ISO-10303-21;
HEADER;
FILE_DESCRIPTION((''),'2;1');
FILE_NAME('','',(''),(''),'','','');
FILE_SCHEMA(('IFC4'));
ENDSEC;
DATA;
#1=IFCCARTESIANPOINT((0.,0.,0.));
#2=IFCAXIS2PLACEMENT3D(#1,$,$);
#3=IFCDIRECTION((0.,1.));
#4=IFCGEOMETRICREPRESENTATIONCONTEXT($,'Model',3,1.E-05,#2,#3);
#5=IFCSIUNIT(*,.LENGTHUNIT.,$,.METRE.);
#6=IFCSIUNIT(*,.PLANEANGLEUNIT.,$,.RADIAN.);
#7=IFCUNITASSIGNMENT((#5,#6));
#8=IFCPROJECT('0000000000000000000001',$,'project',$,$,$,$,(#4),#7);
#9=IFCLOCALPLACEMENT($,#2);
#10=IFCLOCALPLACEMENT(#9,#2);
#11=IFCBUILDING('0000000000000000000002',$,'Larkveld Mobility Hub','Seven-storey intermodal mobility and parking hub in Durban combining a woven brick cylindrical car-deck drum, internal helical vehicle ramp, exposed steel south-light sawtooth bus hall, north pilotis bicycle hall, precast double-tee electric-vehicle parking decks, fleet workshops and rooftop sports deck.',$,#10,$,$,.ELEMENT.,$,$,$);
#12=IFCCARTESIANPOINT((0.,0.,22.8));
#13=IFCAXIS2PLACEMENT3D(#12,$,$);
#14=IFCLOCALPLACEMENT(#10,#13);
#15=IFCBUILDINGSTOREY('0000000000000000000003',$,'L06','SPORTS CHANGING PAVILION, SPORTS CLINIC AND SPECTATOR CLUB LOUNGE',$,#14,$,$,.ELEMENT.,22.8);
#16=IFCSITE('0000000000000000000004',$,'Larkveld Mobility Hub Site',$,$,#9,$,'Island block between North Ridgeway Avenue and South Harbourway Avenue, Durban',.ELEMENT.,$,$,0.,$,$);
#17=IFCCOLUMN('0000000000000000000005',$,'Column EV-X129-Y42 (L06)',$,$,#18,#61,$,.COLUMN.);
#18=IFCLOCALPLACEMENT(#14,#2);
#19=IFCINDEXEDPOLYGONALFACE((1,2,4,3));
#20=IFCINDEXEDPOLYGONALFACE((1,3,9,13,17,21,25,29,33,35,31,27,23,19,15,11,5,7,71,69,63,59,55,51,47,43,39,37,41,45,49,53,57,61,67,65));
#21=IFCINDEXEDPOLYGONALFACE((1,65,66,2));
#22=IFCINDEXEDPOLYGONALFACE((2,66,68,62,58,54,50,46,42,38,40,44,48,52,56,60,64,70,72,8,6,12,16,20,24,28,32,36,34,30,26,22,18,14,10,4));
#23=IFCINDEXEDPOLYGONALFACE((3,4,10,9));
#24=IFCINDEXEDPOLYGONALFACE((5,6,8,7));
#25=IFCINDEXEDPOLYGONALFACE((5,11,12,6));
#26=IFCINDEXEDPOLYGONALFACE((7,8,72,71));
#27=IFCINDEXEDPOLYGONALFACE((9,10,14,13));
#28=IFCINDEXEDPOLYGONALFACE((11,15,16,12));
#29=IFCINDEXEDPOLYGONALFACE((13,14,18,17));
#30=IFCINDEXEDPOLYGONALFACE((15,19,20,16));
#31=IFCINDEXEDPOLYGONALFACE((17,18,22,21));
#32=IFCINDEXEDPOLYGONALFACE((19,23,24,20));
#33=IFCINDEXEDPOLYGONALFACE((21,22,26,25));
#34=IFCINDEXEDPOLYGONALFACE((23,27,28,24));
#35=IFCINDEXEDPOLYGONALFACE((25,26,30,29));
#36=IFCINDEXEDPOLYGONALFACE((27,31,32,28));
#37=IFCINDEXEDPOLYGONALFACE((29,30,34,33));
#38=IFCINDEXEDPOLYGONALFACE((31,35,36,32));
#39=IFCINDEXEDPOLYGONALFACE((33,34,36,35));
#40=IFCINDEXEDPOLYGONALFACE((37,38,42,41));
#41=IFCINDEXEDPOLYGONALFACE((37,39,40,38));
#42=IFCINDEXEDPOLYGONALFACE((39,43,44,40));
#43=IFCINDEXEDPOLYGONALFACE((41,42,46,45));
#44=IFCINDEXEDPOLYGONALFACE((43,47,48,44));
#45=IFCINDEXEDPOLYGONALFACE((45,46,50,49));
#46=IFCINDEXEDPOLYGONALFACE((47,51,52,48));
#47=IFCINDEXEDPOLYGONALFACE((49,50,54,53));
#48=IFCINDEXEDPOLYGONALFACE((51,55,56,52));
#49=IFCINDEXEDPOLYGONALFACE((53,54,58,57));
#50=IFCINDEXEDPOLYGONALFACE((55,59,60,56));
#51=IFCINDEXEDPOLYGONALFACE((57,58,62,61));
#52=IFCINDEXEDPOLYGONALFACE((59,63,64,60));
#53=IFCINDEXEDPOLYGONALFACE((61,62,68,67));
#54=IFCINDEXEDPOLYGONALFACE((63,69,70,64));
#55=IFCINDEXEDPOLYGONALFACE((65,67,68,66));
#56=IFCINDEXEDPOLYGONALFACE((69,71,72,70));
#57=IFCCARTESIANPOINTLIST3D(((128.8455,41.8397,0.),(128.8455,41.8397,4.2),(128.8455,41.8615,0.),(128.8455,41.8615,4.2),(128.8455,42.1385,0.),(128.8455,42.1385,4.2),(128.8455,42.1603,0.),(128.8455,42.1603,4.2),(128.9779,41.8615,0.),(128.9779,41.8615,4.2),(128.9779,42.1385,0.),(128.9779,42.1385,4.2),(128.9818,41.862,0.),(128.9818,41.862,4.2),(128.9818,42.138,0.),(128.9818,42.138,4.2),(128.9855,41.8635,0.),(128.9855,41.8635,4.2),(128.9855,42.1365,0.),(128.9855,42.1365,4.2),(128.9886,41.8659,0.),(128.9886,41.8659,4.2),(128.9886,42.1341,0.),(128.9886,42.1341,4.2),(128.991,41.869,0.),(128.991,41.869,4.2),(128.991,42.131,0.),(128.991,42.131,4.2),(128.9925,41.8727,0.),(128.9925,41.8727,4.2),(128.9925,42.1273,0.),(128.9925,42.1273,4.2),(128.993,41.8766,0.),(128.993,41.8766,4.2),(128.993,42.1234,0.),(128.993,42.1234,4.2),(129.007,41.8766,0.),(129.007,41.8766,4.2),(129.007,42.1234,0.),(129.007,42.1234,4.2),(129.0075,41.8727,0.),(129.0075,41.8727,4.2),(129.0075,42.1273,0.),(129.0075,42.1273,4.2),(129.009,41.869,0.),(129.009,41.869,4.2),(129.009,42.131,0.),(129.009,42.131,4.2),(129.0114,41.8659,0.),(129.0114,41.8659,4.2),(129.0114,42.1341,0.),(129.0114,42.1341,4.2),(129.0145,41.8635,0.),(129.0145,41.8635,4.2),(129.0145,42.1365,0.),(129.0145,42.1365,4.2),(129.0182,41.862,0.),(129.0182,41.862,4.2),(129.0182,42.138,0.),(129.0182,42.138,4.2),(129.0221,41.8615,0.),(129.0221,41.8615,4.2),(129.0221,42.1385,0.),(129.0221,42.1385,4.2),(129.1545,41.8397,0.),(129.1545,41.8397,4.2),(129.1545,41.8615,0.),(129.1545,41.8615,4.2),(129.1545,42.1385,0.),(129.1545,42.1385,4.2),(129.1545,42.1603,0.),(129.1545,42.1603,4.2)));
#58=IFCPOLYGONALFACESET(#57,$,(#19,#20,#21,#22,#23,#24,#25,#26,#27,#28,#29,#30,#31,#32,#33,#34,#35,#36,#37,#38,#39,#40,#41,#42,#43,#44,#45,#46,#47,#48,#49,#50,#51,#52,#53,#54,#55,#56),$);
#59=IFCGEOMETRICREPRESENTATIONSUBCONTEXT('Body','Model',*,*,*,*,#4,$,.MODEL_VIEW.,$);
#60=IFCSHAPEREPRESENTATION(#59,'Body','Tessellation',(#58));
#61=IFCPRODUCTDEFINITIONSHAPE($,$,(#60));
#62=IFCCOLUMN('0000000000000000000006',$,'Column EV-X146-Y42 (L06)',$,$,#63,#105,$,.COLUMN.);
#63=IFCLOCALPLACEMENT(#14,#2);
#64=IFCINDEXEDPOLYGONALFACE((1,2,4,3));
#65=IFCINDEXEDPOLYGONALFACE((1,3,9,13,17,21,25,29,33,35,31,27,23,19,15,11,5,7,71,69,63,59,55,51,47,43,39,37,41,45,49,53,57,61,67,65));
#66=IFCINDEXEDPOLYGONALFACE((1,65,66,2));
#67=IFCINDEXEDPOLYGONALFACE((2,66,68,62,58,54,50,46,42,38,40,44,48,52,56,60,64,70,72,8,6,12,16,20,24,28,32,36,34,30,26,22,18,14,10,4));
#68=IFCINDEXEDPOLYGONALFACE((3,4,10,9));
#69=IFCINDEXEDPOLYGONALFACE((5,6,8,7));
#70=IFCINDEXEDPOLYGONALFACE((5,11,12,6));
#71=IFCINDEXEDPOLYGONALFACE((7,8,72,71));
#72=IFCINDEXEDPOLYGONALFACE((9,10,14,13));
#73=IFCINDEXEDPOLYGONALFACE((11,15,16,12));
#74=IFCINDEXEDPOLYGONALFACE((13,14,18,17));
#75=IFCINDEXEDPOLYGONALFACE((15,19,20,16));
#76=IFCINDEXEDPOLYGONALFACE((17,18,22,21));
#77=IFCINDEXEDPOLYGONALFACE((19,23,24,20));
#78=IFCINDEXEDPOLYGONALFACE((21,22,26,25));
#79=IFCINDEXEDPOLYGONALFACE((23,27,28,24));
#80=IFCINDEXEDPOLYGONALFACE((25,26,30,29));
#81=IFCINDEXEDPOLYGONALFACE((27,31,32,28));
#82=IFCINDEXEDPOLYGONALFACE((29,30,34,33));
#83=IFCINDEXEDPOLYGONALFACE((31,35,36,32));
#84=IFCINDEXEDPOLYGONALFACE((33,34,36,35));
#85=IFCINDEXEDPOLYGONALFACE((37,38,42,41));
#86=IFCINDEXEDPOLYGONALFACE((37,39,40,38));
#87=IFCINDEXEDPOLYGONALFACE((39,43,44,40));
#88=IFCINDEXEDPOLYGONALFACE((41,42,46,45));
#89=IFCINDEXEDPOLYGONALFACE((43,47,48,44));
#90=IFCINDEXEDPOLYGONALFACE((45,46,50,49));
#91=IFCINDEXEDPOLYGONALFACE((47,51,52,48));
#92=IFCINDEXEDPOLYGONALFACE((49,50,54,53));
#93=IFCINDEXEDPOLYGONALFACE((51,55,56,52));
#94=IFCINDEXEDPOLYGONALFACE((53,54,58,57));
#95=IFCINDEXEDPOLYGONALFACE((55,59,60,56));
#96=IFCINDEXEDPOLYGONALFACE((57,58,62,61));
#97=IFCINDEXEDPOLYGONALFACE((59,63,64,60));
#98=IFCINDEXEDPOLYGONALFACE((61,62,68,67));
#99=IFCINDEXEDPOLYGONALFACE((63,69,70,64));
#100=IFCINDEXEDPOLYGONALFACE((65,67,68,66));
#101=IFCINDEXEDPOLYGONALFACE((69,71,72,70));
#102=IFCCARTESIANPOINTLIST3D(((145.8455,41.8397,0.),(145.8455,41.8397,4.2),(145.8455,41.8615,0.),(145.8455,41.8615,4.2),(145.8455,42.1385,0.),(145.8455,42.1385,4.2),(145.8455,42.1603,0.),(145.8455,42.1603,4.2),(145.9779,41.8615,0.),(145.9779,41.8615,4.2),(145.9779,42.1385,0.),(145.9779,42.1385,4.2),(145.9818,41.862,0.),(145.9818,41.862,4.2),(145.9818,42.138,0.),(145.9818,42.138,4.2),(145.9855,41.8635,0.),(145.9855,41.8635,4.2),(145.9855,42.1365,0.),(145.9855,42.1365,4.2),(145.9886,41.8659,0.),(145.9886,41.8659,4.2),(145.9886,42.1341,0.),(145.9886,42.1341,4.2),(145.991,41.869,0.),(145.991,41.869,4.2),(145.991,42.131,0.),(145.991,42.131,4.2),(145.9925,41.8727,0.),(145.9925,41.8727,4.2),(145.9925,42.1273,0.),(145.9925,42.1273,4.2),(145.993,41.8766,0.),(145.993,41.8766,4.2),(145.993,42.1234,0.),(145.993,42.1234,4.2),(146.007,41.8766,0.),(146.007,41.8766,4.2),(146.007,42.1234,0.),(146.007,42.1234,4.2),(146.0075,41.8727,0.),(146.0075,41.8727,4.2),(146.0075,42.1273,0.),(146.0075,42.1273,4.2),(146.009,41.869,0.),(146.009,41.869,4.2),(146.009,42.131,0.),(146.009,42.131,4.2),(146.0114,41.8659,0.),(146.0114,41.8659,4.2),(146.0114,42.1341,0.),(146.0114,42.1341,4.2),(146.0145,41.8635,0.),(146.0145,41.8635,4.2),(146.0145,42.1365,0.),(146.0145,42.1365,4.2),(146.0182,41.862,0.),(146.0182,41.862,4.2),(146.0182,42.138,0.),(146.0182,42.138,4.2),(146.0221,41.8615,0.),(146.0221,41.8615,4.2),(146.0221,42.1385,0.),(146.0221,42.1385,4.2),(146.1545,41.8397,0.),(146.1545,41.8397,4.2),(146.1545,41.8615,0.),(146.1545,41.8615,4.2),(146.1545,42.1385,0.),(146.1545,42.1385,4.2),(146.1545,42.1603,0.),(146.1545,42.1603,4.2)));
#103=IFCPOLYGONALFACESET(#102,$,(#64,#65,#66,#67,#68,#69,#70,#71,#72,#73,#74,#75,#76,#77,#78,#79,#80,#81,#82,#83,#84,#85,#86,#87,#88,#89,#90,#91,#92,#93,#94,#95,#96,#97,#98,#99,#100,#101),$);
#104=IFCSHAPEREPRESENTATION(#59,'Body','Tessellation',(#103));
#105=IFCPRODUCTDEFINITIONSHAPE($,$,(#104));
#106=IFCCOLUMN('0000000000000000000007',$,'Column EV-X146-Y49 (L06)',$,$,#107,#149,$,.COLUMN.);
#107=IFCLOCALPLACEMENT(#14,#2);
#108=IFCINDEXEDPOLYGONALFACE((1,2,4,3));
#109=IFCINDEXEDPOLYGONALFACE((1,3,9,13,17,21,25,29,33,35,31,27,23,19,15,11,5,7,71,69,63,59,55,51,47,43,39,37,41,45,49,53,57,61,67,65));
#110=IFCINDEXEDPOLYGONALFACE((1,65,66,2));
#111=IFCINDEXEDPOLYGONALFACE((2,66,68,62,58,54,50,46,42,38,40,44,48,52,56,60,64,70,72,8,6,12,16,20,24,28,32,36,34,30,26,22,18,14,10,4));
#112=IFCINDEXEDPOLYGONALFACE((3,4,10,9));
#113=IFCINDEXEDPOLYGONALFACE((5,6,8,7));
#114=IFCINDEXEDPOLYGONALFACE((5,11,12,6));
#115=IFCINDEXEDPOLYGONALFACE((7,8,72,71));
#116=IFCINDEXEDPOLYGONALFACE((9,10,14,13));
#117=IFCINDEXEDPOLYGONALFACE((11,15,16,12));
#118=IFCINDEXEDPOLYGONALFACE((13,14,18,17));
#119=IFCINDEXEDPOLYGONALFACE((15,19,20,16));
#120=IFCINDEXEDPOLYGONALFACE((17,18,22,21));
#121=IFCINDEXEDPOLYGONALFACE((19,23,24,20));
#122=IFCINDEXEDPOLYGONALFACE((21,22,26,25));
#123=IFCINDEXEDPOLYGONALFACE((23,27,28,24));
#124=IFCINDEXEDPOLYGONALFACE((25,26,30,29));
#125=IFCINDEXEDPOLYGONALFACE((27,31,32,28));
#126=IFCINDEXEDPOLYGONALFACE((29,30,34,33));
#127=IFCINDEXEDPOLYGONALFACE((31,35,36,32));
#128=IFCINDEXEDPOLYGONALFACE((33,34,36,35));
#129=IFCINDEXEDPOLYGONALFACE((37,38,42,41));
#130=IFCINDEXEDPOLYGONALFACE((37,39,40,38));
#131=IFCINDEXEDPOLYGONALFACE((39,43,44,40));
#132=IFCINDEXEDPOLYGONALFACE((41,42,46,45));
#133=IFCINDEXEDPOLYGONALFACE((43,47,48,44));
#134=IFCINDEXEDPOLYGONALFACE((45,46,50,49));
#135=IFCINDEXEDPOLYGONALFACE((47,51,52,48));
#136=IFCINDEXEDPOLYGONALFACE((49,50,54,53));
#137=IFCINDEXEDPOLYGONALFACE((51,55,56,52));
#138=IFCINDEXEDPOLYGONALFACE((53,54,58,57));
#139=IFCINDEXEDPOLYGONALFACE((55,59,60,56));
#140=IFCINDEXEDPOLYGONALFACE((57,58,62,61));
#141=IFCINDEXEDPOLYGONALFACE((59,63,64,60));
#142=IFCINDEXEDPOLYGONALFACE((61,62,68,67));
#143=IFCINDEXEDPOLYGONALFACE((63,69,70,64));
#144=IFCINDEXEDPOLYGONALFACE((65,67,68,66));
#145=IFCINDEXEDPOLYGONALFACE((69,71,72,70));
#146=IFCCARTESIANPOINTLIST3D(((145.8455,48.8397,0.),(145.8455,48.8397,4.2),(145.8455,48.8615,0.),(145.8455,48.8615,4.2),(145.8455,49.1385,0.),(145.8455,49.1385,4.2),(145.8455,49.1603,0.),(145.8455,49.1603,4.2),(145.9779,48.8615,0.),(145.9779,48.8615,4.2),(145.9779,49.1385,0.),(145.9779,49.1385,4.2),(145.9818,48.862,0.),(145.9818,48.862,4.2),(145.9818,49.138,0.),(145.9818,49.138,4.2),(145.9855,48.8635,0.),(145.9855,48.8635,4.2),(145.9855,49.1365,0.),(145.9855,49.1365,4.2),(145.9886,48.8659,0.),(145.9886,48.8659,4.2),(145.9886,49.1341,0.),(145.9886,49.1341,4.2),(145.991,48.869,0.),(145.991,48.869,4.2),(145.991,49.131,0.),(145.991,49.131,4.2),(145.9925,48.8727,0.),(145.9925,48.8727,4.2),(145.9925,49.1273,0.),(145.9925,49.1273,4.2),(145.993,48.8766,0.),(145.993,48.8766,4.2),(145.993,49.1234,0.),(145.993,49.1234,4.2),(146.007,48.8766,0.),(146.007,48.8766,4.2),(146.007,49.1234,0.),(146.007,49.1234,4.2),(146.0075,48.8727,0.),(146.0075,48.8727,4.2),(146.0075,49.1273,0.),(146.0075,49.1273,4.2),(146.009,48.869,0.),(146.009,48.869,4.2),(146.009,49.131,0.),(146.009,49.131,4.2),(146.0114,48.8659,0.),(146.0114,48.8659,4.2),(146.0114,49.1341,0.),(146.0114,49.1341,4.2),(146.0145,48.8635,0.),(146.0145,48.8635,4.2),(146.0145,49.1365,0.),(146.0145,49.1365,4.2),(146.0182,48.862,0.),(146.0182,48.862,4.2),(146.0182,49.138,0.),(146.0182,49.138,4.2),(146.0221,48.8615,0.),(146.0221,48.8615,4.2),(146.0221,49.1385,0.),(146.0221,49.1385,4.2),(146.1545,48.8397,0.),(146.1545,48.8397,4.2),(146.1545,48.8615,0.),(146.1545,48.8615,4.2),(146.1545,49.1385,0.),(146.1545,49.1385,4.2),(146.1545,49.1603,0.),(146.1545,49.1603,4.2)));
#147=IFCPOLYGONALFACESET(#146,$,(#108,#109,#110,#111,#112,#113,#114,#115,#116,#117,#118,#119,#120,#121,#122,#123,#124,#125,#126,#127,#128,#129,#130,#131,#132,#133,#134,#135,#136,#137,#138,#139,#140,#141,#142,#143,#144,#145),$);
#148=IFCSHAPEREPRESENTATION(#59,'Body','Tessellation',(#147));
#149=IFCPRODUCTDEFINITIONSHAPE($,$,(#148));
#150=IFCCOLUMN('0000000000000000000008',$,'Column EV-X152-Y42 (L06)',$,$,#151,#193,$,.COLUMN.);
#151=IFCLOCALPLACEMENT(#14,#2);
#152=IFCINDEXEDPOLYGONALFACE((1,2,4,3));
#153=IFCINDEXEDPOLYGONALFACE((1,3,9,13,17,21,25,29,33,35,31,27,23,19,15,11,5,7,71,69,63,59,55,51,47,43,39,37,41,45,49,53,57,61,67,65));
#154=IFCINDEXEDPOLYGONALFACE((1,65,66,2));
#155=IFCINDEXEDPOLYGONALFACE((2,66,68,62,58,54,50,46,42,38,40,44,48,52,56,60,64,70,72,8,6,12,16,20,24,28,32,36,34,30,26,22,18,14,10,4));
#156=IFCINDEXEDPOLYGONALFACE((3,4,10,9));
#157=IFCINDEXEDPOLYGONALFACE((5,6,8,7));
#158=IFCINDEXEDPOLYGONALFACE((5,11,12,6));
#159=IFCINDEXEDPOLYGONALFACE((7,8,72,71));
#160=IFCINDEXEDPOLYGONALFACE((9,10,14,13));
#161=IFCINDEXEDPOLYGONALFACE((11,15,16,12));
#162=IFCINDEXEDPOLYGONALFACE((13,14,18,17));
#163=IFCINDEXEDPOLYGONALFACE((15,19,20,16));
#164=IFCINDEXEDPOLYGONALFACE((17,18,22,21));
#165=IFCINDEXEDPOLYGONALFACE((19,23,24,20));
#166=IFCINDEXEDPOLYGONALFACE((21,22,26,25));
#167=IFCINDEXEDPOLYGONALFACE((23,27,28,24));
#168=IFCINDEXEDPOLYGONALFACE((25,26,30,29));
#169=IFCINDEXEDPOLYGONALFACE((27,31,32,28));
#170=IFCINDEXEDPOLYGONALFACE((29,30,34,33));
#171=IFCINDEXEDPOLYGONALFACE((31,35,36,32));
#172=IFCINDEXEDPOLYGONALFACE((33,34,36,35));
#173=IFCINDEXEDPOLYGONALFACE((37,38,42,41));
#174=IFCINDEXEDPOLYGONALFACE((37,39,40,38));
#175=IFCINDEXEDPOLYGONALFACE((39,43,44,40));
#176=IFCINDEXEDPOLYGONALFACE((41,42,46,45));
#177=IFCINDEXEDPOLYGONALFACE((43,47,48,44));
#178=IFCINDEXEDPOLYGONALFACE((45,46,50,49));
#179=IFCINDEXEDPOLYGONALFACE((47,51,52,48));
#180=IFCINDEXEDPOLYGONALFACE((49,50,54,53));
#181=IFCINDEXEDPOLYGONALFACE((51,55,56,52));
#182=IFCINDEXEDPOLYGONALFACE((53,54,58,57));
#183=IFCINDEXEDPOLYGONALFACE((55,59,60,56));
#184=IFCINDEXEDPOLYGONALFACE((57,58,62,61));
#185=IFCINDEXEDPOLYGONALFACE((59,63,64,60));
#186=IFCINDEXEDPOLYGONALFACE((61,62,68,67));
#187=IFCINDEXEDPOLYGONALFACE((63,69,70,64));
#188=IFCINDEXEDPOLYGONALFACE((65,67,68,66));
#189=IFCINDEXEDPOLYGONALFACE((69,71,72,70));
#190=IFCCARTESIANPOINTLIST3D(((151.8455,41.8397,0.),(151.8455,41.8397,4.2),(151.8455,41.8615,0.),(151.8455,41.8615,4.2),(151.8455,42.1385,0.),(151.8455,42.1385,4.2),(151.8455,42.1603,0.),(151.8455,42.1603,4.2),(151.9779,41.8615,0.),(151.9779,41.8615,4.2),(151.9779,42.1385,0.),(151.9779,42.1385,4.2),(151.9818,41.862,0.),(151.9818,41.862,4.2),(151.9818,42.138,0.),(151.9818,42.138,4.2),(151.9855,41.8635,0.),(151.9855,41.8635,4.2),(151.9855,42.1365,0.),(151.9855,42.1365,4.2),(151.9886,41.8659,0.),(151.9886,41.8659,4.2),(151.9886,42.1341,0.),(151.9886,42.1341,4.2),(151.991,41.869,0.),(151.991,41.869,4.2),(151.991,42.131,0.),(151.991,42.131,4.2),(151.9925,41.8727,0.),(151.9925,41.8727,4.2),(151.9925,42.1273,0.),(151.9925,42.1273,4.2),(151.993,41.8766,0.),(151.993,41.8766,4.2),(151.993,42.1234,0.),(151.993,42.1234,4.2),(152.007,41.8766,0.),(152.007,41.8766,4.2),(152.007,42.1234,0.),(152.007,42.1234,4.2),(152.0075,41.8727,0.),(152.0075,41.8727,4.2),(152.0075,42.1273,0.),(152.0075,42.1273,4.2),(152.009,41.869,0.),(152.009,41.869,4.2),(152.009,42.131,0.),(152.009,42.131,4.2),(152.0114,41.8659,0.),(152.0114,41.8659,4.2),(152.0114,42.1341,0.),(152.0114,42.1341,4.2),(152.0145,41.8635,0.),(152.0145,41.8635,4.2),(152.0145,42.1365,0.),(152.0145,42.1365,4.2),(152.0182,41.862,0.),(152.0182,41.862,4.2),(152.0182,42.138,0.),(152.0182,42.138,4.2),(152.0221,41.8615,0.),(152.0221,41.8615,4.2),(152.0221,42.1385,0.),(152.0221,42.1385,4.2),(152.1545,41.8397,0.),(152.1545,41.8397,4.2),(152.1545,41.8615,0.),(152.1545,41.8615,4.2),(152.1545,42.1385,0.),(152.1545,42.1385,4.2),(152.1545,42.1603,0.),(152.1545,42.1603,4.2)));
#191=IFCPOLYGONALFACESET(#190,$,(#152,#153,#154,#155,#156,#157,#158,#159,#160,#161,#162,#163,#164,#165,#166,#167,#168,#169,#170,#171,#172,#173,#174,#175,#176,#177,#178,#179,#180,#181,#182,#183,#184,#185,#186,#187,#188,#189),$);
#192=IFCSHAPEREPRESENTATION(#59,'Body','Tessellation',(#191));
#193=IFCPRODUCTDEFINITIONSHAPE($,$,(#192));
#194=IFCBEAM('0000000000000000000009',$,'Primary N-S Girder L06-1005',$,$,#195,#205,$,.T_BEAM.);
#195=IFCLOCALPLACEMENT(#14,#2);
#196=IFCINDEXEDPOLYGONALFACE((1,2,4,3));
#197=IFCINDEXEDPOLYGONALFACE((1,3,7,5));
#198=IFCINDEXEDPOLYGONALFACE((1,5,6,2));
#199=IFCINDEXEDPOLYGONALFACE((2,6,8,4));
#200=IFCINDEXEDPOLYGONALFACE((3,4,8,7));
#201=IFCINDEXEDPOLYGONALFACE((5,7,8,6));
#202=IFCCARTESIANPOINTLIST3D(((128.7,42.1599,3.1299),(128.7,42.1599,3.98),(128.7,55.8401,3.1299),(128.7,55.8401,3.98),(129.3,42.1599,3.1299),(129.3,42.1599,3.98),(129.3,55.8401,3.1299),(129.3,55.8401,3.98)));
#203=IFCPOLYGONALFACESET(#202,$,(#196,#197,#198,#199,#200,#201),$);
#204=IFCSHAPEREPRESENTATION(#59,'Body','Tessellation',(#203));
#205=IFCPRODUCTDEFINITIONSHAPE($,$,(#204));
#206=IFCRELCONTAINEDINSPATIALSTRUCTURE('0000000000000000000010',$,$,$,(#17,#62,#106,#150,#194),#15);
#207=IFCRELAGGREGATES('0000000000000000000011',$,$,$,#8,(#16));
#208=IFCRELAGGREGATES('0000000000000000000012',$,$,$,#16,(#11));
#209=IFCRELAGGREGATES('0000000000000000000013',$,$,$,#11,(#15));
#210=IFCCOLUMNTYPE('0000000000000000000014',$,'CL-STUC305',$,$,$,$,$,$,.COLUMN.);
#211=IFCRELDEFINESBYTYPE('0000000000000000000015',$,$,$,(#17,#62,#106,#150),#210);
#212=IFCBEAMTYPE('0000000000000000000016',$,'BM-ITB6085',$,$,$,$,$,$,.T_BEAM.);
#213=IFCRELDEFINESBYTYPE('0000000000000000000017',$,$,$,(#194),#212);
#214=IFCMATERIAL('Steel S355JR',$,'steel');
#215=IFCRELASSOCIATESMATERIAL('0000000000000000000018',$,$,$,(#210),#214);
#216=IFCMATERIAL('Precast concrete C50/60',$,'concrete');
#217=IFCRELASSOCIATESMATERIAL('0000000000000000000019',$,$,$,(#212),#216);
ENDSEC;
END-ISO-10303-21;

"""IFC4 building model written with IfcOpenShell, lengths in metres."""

from ifc_helpers import new_model, si_unit, direction, frame, origin, origin_2d, place, context, subcontext, project, spatial, rectangle, i_section, extrude, material, material_profile, profile_set, type_object, element, save


model = new_model("IFC4")

# Units and contexts
model_context = context("Model", 3, precision=1e-05, world=origin(), true_north=direction((0.0, 1.0)))
body_context = subcontext(model_context, "Body", "Model", "MODEL_VIEW")
ifc_project = project(units=[si_unit("LENGTHUNIT", "METRE"), si_unit("PLANEANGLEUNIT", "RADIAN")], contexts=[model_context])

# Site, building, storey
site_placement = place(None, origin())
site = spatial("IfcSite", under=ifc_project, at=site_placement, Name="Larkveld Mobility Hub Site", LongName="Island block between North Ridgeway Avenue and South Harbourway Avenue, Durban", CompositionType="ELEMENT", RefElevation=0.0)
building_placement = place(site_placement, origin())
building = spatial("IfcBuilding", under=site, at=building_placement, Name="Larkveld Mobility Hub", Description="Seven-storey intermodal mobility and parking hub in Durban combining a woven brick cylindrical car-deck drum, internal helical vehicle ramp, exposed steel south-light sawtooth bus hall, north pilotis bicycle hall, precast double-tee electric-vehicle parking decks, fleet workshops and rooftop sports deck.", CompositionType="ELEMENT")
storey_placement = place(building_placement, frame((0.0, 0.0, 22.8)))
storey = spatial("IfcBuildingStorey", under=building, at=storey_placement, Name="L06", Description="SPORTS CHANGING PAVILION, SPORTS CLINIC AND SPECTATOR CLUB LOUNGE", CompositionType="ELEMENT", Elevation=22.8)

# Columns
ifc_material_1 = material(Name="Steel S355JR", Category="steel")
ifc_material_profile_1 = material_profile(ifc_material_1, i_section(OverallWidth=0.3091, OverallDepth=0.3206, WebThickness=0.0139, FlangeThickness=0.0217, FilletRadius=0.0151, at=origin_2d()), Name="UC 305x305x137")
ifc_profile_set_1 = profile_set([ifc_material_profile_1], Name="Steel S355JR")
column_type = type_object("IfcColumnType", Name="CL-STUC305", PredefinedType="COLUMN", material=ifc_profile_set_1)
for number, where, z_axis, x_axis, name in (
    (1, (129.0, 42.0, 0.0), (0.0, 0.0, 1.0), (1.0, 0.0, 0.0), "Column EV-X129-Y42 (L06)"),
    (2, (146.0, 42.0, 0.0), (0.0, 0.0, 1.0), (1.0, 0.0, 0.0), "Column EV-X146-Y42 (L06)"),
    (3, (146.0, 49.0, 0.0), (0.0, 0.0, 1.0), (1.0, 0.0, 0.0), "Column EV-X146-Y49 (L06)"),
    (4, (152.0, 42.0, 0.0), (0.0, 0.0, 1.0), (1.0, 0.0, 0.0), "Column EV-X152-Y42 (L06)"),
):
    element("IfcColumn", number, at=place(storey_placement, frame(where, z_axis=z_axis, x_axis=x_axis)), inside=storey, type_object=column_type, Name=name, PredefinedType="COLUMN", context=body_context, shape_type="SweptSolid", body=[
        extrude(i_section(OverallWidth=0.3091, OverallDepth=0.3206, WebThickness=0.0139, FlangeThickness=0.0217, FilletRadius=0.0151, at=origin_2d()), origin(), (0.0, 0.0, 1.0), 4.2),
    ])

# Beam
ifc_material_2 = material(Name="Precast concrete C50/60", Category="concrete")
ifc_material_profile_2 = material_profile(ifc_material_2, rectangle(XDim=0.6001, YDim=0.8501, at=origin_2d()), Name="PC ITB 600x850")
ifc_profile_set_2 = profile_set([ifc_material_profile_2], Name="Precast concrete C50/60")
beam_type_1 = type_object("IfcBeamType", Name="BM-ITB6085", PredefinedType="T_BEAM", material=ifc_profile_set_2)
beam_1_placement = place(storey_placement, frame((129.0, 42.1599, 3.5549), z_axis=(0.0, 1.0, 0.0), x_axis=(-1.0, 0.0, 0.0)))
element("IfcBeam", 5, at=beam_1_placement, inside=storey, type_object=beam_type_1, Name="Primary N-S Girder L06-1005", PredefinedType="T_BEAM", context=body_context, shape_type="SweptSolid", body=[
    extrude(rectangle(XDim=0.6001, YDim=0.8501, at=origin_2d()), origin(), (0.0, 0.0, 1.0), 13.6802),
])

save(model, "model.ifc")
